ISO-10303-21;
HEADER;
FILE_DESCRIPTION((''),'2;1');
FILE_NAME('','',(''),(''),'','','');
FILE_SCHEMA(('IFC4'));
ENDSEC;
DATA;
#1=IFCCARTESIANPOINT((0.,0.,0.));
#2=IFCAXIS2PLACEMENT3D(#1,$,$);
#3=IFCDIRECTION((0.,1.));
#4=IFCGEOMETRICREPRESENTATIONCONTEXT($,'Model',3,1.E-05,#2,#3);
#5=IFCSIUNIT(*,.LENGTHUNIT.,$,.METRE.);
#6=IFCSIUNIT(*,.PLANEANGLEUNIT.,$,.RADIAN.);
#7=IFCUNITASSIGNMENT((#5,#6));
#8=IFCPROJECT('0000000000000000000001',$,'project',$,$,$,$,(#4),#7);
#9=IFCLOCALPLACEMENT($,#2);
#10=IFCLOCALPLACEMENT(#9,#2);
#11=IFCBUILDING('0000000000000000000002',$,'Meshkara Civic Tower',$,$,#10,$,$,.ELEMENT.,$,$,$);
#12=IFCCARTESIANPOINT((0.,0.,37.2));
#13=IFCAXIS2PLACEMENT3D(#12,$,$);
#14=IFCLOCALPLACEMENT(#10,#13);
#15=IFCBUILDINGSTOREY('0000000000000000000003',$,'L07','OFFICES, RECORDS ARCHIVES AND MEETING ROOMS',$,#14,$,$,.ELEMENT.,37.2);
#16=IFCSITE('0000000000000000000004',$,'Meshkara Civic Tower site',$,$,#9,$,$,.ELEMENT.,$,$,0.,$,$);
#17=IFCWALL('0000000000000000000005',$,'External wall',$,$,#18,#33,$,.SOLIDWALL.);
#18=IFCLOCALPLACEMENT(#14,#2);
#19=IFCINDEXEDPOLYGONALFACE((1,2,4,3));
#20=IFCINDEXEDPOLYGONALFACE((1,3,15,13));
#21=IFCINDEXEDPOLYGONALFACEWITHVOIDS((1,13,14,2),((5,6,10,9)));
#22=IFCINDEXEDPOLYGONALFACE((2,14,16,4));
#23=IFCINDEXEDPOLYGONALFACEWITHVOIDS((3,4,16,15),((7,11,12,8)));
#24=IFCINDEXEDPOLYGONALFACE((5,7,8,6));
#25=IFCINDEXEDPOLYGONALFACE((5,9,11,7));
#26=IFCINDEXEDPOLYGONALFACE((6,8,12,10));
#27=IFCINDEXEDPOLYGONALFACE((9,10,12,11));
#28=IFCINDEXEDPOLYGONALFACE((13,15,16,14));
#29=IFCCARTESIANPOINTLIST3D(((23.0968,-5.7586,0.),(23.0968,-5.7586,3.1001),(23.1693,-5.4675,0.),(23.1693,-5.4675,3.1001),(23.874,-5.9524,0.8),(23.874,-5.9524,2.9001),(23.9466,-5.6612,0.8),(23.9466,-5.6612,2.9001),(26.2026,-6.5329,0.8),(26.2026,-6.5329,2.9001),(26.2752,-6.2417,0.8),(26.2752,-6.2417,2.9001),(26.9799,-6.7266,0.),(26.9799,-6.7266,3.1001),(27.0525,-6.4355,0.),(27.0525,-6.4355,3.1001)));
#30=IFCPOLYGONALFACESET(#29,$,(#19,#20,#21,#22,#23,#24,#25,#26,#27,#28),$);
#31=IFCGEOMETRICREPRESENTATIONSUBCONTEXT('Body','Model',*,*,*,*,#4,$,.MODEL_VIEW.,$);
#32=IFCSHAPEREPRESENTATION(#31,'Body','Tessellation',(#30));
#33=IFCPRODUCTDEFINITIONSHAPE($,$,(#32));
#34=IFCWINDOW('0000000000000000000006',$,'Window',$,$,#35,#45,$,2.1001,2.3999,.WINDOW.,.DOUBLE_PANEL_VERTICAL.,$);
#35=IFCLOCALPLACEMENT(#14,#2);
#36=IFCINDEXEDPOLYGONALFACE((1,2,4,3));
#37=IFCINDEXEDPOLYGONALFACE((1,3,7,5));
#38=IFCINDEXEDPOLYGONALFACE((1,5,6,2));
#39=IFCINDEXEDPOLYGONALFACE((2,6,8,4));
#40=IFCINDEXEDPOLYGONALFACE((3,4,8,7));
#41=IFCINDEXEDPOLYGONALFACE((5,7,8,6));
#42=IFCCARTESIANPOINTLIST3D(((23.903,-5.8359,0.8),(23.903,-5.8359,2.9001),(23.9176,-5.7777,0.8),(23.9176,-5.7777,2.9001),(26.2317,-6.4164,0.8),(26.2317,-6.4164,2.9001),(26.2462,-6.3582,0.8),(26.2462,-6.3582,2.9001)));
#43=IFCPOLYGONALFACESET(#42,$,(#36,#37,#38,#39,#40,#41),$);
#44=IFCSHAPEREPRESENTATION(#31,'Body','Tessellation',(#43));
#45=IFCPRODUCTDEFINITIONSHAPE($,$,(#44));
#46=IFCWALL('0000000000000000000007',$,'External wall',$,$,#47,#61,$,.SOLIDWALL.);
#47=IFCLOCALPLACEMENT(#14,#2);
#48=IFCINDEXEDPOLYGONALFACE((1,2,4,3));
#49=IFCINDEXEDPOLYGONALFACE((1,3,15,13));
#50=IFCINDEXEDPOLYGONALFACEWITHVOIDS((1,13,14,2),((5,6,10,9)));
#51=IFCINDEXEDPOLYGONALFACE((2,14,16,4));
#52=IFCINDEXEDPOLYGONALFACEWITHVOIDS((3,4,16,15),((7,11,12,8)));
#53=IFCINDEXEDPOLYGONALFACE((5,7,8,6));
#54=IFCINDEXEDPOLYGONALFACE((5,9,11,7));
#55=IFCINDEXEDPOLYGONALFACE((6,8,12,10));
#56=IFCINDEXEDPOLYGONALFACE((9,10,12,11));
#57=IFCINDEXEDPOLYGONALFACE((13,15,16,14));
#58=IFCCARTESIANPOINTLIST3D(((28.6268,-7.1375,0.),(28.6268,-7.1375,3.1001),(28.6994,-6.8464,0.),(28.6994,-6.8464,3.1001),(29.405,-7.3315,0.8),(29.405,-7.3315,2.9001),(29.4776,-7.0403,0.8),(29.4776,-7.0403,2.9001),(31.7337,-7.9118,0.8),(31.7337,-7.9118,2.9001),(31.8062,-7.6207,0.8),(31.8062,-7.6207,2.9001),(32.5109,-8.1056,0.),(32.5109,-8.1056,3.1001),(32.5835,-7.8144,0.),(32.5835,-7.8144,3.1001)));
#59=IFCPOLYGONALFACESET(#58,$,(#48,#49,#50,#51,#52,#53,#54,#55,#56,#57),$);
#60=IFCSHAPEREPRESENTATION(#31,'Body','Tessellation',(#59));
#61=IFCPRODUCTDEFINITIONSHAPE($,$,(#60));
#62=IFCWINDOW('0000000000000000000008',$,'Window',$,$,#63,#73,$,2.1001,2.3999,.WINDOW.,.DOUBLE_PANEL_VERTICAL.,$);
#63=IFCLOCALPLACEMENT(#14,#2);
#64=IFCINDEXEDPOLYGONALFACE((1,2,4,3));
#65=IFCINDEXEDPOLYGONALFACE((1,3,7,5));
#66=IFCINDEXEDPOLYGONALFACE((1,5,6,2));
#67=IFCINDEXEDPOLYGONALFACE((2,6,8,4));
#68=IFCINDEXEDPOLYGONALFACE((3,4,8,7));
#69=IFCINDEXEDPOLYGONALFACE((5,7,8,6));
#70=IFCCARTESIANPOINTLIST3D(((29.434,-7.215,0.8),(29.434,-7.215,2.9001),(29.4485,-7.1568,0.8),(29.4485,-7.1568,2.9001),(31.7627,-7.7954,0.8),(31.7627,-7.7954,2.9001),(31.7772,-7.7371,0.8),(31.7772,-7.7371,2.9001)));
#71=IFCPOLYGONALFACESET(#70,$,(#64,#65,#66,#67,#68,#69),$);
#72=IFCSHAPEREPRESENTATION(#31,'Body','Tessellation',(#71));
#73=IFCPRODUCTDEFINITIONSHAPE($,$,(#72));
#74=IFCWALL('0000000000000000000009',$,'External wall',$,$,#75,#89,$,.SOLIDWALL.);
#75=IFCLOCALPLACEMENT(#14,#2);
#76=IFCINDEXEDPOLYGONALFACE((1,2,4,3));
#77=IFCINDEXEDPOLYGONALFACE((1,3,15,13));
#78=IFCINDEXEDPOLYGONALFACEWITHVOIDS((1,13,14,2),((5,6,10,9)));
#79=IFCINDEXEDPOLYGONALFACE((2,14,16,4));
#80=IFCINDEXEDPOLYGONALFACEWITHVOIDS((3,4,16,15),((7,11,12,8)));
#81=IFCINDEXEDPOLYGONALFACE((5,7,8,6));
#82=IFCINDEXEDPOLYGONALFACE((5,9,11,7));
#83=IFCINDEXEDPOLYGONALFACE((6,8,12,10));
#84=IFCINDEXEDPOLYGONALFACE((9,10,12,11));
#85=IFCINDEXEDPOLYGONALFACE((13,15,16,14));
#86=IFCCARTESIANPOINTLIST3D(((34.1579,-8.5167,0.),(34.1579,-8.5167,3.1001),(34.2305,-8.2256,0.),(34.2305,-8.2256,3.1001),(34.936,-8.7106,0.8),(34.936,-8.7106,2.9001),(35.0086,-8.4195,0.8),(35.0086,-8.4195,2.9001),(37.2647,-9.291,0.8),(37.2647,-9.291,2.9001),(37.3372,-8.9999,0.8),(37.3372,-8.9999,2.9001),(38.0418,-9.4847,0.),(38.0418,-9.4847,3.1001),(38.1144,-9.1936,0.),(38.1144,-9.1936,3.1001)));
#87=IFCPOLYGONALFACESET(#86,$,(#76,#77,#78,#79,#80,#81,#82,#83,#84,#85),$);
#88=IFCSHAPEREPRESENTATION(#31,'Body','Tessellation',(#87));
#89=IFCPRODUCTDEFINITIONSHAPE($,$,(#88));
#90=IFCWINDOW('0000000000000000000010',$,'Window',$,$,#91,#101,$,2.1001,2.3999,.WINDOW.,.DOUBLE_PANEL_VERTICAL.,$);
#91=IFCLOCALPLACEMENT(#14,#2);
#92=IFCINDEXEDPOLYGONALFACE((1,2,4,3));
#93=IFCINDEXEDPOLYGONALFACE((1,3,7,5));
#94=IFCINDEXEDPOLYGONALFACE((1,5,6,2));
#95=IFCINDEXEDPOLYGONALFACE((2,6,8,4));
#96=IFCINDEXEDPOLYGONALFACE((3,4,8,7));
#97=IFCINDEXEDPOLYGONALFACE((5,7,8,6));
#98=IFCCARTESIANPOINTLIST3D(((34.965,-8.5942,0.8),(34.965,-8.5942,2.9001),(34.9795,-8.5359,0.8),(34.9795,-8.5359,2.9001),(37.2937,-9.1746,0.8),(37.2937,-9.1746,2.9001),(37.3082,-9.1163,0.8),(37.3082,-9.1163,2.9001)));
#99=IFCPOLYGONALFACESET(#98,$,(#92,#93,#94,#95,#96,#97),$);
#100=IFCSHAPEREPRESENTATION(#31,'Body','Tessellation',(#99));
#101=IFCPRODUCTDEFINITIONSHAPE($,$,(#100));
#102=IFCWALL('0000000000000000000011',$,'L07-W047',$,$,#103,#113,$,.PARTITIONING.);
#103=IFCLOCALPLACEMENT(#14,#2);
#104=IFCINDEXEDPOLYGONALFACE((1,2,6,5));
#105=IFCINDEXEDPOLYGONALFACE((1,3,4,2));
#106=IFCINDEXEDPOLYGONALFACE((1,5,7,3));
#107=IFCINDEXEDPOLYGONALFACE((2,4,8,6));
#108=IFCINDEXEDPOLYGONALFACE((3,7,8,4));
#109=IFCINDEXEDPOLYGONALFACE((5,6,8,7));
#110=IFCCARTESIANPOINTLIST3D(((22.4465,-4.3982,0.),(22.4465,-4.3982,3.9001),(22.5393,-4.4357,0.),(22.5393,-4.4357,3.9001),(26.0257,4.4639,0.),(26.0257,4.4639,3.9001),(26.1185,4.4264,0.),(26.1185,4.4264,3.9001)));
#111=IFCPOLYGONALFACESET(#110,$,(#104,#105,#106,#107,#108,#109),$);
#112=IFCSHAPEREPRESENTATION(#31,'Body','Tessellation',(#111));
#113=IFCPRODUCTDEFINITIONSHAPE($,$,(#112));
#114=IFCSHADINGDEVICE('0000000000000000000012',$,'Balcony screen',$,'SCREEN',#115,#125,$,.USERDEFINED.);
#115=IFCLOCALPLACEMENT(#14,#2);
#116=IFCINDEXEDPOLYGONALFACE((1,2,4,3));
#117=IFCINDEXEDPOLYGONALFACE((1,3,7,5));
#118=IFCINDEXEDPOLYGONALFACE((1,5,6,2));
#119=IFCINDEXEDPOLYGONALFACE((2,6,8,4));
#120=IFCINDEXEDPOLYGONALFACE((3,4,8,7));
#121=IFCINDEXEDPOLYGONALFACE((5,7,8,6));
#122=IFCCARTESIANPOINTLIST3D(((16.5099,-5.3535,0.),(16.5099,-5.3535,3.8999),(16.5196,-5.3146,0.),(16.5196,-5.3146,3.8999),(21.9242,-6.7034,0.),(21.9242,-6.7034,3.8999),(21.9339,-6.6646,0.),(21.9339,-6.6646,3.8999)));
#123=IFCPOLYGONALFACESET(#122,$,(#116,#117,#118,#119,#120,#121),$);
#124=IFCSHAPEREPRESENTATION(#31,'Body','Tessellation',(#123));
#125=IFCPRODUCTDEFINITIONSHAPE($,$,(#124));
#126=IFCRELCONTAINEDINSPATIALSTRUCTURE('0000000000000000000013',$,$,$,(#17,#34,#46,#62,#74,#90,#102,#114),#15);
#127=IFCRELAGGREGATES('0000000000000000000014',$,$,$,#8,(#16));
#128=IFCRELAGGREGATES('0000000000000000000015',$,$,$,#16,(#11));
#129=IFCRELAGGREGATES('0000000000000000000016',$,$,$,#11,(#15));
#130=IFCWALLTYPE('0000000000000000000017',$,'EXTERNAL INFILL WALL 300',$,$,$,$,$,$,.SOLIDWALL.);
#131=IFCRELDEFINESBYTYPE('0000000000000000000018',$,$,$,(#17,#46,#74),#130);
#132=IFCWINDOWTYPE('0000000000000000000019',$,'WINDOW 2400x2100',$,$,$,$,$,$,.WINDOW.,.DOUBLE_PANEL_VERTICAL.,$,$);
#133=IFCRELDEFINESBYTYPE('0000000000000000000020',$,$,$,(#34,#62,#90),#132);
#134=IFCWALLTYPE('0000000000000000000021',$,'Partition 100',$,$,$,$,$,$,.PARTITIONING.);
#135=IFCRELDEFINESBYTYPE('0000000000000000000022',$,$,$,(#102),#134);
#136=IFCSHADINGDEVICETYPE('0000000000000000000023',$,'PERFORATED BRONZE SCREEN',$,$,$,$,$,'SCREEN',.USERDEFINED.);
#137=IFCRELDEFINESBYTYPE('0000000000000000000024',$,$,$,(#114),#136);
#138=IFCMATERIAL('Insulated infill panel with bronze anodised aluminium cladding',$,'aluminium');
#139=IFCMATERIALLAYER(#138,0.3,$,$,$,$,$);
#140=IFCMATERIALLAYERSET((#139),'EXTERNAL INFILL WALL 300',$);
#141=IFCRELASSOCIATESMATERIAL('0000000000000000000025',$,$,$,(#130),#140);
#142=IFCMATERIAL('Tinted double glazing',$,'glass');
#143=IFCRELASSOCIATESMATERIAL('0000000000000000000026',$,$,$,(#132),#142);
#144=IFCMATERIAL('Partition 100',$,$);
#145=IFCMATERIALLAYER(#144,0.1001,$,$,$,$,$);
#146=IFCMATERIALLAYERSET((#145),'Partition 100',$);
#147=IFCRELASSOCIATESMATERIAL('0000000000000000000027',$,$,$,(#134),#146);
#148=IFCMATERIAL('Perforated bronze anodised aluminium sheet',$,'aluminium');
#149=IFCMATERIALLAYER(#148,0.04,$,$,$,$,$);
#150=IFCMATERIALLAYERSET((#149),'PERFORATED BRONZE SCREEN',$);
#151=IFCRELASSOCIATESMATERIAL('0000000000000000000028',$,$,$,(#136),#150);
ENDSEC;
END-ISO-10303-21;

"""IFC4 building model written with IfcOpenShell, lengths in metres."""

from ifc_helpers import new_model, si_unit, direction, frame, frame_2d, origin, origin_2d, place, context, subcontext, project, spatial, rectangle, extrude, material, layer, layer_set, type_object, element, fill, save


model = new_model("IFC4")

# Units and contexts
model_context = context("Model", 3, precision=1e-05, world=origin(), true_north=direction((0.0, 1.0)))
body_context = subcontext(model_context, "Body", "Model", "MODEL_VIEW")
ifc_project = project(units=[si_unit("LENGTHUNIT", "METRE"), si_unit("PLANEANGLEUNIT", "RADIAN")], contexts=[model_context])

# Site, building, storey
site_placement = place(None, origin())
site = spatial("IfcSite", under=ifc_project, at=site_placement, Name="Meshkara Civic Tower site", CompositionType="ELEMENT", RefElevation=0.0)
building_placement = place(site_placement, origin())
building = spatial("IfcBuilding", under=site, at=building_placement, Name="Meshkara Civic Tower", CompositionType="ELEMENT")
storey_placement = place(building_placement, frame((0.0, 0.0, 37.2)))
storey = spatial("IfcBuildingStorey", under=building, at=storey_placement, Name="L07", Description="OFFICES, RECORDS ARCHIVES AND MEETING ROOMS", CompositionType="ELEMENT", Elevation=37.2)

# Walls, openings, windows
ifc_material_1 = material(Name="Insulated infill panel with bronze anodised aluminium cladding", Category="aluminium")
ifc_layer_1 = layer(ifc_material_1, 0.3)
ifc_layer_set_1 = layer_set([ifc_layer_1], Name="EXTERNAL INFILL WALL 300")
wall_type_1 = type_object("IfcWallType", Name="EXTERNAL INFILL WALL 300", PredefinedType="SOLIDWALL", material=ifc_layer_set_1)
wall_1_placement = place(storey_placement, frame((23.1331, -5.613, 0.0), z_axis=(0.0, 0.0, 1.0), x_axis=(0.970304, -0.24189, 0.0)))
wall_1 = element("IfcWall", 1, at=wall_1_placement, inside=storey, type_object=wall_type_1, Name="External wall", PredefinedType="SOLIDWALL", context=body_context, shape_type="SweptSolid", body=[
    extrude(rectangle(XDim=4.002, YDim=0.3, at=frame_2d((2.001, 0.0))), origin(), (0.0, 0.0, 1.0), 3.1001),
])
opening_1_placement = place(wall_1_placement, frame((0.801, 0.0, 0.8)))
opening_1 = element("IfcOpeningElement", 2, at=opening_1_placement, cuts=wall_1, PredefinedType="OPENING", context=body_context, shape_type="SweptSolid", body=[
    extrude(rectangle(XDim=2.3999, YDim=2.1001, at=frame_2d((1.2, 1.05))), frame((0.0, 0.1599, 0.0), z_axis=(0.0, -1.0, 0.0), x_axis=(1.0, 0.0, 0.0)), (0.0, 0.0, 1.0), 0.3201),
])
ifc_material_2 = material(Name="Tinted double glazing", Category="glass")
window_type = type_object("IfcWindowType", Name="WINDOW 2400x2100", PartitioningType="DOUBLE_PANEL_VERTICAL", PredefinedType="WINDOW", material=ifc_material_2)
window_1_placement = place(opening_1_placement, origin())
window_1 = element("IfcWindow", 3, at=window_1_placement, inside=storey, type_object=window_type, Name="Window", OverallHeight=2.1001, OverallWidth=2.3999, PartitioningType="DOUBLE_PANEL_VERTICAL", PredefinedType="WINDOW", context=body_context, shape_type="SweptSolid", body=[
    extrude(rectangle(XDim=2.3999, YDim=2.1001, at=frame_2d((1.2, 1.05))), frame((0.0, 0.03, 0.0), z_axis=(0.0, -1.0, 0.0), x_axis=(1.0, 0.0, 0.0)), (0.0, 0.0, 1.0), 0.0601),
])
fill(opening_1, window_1)
wall_2_placement = place(storey_placement, frame((28.6631, -6.9919, 0.0), z_axis=(0.0, 0.0, 1.0), x_axis=(0.970318, -0.241832, 0.0)))
wall_2 = element("IfcWall", 4, at=wall_2_placement, inside=storey, type_object=wall_type_1, Name="External wall", PredefinedType="SOLIDWALL", context=body_context, shape_type="SweptSolid", body=[
    extrude(rectangle(XDim=4.0029, YDim=0.3, at=frame_2d((2.0015, 0.0))), origin(), (0.0, 0.0, 1.0), 3.1001),
])
opening_2_placement = place(wall_2_placement, frame((0.802, 0.0, 0.8)))
opening_2 = element("IfcOpeningElement", 5, at=opening_2_placement, cuts=wall_2, PredefinedType="OPENING", context=body_context, shape_type="SweptSolid", body=[
    extrude(rectangle(XDim=2.3999, YDim=2.1001, at=frame_2d((1.2, 1.05))), frame((0.0, 0.1599, 0.0), z_axis=(0.0, -1.0, 0.0), x_axis=(1.0, 0.0, 0.0)), (0.0, 0.0, 1.0), 0.3201),
])
window_2_placement = place(opening_2_placement, origin())
window_2 = element("IfcWindow", 6, at=window_2_placement, inside=storey, type_object=window_type, Name="Window", OverallHeight=2.1001, OverallWidth=2.3999, PartitioningType="DOUBLE_PANEL_VERTICAL", PredefinedType="WINDOW", context=body_context, shape_type="SweptSolid", body=[
    extrude(rectangle(XDim=2.3999, YDim=2.1001, at=frame_2d((1.2, 1.05))), frame((0.0, 0.03, 0.0), z_axis=(0.0, -1.0, 0.0), x_axis=(1.0, 0.0, 0.0)), (0.0, 0.0, 1.0), 0.0601),
])
fill(opening_2, window_2)
wall_3_placement = place(storey_placement, frame((34.1941, -8.3711, 0.0), z_axis=(0.0, 0.0, 1.0), x_axis=(0.970314, -0.241847, 0.0)))
wall_3 = element("IfcWall", 7, at=wall_3_placement, inside=storey, type_object=wall_type_1, Name="External wall", PredefinedType="SOLIDWALL", context=body_context, shape_type="SweptSolid", body=[
    extrude(rectangle(XDim=4.0027, YDim=0.3, at=frame_2d((2.0015, 0.0))), origin(), (0.0, 0.0, 1.0), 3.1001),
])
opening_3_placement = place(wall_3_placement, frame((0.802, 0.0, 0.8)))
opening_3 = element("IfcOpeningElement", 8, at=opening_3_placement, cuts=wall_3, PredefinedType="OPENING", context=body_context, shape_type="SweptSolid", body=[
    extrude(rectangle(XDim=2.3999, YDim=2.1001, at=frame_2d((1.2, 1.05))), frame((0.0, 0.1599, 0.0), z_axis=(0.0, -1.0, 0.0), x_axis=(1.0, 0.0, 0.0)), (0.0, 0.0, 1.0), 0.3201),
])
window_3_placement = place(opening_3_placement, origin())
window_3 = element("IfcWindow", 9, at=window_3_placement, inside=storey, type_object=window_type, Name="Window", OverallHeight=2.1001, OverallWidth=2.3999, PartitioningType="DOUBLE_PANEL_VERTICAL", PredefinedType="WINDOW", context=body_context, shape_type="SweptSolid", body=[
    extrude(rectangle(XDim=2.3999, YDim=2.1001, at=frame_2d((1.2, 1.05))), frame((0.0, 0.03, 0.0), z_axis=(0.0, -1.0, 0.0), x_axis=(1.0, 0.0, 0.0)), (0.0, 0.0, 1.0), 0.0601),
])
fill(opening_3, window_3)

# Wall
ifc_material_3 = material(Name="Partition 100")
ifc_layer_2 = layer(ifc_material_3, 0.1001)
ifc_layer_set_2 = layer_set([ifc_layer_2], Name="Partition 100")
wall_type_2 = type_object("IfcWallType", Name="Partition 100", PredefinedType="PARTITIONING", material=ifc_layer_set_2)
wall_4_placement = place(storey_placement, frame((22.4929, -4.417, 0.0), z_axis=(0.0, 0.0, 1.0), x_axis=(0.37448, 0.927235, 0.0)))
element("IfcWall", 10, at=wall_4_placement, inside=storey, type_object=wall_type_2, Name="L07-W047", PredefinedType="PARTITIONING", context=body_context, shape_type="SweptSolid", body=[
    extrude(rectangle(XDim=9.5576, YDim=0.1001, at=frame_2d((4.7788, 0.0))), origin(), (0.0, 0.0, 1.0), 3.9001),
])

# Shading device
ifc_material_4 = material(Name="Perforated bronze anodised aluminium sheet", Category="aluminium")
ifc_layer_3 = layer(ifc_material_4, 0.04)
ifc_layer_set_3 = layer_set([ifc_layer_3], Name="PERFORATED BRONZE SCREEN")
shading_device_type = type_object("IfcShadingDeviceType", Name="PERFORATED BRONZE SCREEN", ElementType="SCREEN", PredefinedType="USERDEFINED", material=ifc_layer_set_3)
shading_device_placement = place(storey_placement, frame((19.2219, -6.009, 0.0), z_axis=(0.0, 0.0, 1.0), x_axis=(0.970296, -0.241922, 0.0)))
element("IfcShadingDevice", 11, at=shading_device_placement, inside=storey, type_object=shading_device_type, Name="Balcony screen", ObjectType="SCREEN", PredefinedType="USERDEFINED", context=body_context, shape_type="SweptSolid", body=[
    extrude(rectangle(XDim=5.5801, YDim=0.04, at=origin_2d()), origin(), (0.0, 0.0, 1.0), 3.8999),
])

save(model, "model.ifc")
